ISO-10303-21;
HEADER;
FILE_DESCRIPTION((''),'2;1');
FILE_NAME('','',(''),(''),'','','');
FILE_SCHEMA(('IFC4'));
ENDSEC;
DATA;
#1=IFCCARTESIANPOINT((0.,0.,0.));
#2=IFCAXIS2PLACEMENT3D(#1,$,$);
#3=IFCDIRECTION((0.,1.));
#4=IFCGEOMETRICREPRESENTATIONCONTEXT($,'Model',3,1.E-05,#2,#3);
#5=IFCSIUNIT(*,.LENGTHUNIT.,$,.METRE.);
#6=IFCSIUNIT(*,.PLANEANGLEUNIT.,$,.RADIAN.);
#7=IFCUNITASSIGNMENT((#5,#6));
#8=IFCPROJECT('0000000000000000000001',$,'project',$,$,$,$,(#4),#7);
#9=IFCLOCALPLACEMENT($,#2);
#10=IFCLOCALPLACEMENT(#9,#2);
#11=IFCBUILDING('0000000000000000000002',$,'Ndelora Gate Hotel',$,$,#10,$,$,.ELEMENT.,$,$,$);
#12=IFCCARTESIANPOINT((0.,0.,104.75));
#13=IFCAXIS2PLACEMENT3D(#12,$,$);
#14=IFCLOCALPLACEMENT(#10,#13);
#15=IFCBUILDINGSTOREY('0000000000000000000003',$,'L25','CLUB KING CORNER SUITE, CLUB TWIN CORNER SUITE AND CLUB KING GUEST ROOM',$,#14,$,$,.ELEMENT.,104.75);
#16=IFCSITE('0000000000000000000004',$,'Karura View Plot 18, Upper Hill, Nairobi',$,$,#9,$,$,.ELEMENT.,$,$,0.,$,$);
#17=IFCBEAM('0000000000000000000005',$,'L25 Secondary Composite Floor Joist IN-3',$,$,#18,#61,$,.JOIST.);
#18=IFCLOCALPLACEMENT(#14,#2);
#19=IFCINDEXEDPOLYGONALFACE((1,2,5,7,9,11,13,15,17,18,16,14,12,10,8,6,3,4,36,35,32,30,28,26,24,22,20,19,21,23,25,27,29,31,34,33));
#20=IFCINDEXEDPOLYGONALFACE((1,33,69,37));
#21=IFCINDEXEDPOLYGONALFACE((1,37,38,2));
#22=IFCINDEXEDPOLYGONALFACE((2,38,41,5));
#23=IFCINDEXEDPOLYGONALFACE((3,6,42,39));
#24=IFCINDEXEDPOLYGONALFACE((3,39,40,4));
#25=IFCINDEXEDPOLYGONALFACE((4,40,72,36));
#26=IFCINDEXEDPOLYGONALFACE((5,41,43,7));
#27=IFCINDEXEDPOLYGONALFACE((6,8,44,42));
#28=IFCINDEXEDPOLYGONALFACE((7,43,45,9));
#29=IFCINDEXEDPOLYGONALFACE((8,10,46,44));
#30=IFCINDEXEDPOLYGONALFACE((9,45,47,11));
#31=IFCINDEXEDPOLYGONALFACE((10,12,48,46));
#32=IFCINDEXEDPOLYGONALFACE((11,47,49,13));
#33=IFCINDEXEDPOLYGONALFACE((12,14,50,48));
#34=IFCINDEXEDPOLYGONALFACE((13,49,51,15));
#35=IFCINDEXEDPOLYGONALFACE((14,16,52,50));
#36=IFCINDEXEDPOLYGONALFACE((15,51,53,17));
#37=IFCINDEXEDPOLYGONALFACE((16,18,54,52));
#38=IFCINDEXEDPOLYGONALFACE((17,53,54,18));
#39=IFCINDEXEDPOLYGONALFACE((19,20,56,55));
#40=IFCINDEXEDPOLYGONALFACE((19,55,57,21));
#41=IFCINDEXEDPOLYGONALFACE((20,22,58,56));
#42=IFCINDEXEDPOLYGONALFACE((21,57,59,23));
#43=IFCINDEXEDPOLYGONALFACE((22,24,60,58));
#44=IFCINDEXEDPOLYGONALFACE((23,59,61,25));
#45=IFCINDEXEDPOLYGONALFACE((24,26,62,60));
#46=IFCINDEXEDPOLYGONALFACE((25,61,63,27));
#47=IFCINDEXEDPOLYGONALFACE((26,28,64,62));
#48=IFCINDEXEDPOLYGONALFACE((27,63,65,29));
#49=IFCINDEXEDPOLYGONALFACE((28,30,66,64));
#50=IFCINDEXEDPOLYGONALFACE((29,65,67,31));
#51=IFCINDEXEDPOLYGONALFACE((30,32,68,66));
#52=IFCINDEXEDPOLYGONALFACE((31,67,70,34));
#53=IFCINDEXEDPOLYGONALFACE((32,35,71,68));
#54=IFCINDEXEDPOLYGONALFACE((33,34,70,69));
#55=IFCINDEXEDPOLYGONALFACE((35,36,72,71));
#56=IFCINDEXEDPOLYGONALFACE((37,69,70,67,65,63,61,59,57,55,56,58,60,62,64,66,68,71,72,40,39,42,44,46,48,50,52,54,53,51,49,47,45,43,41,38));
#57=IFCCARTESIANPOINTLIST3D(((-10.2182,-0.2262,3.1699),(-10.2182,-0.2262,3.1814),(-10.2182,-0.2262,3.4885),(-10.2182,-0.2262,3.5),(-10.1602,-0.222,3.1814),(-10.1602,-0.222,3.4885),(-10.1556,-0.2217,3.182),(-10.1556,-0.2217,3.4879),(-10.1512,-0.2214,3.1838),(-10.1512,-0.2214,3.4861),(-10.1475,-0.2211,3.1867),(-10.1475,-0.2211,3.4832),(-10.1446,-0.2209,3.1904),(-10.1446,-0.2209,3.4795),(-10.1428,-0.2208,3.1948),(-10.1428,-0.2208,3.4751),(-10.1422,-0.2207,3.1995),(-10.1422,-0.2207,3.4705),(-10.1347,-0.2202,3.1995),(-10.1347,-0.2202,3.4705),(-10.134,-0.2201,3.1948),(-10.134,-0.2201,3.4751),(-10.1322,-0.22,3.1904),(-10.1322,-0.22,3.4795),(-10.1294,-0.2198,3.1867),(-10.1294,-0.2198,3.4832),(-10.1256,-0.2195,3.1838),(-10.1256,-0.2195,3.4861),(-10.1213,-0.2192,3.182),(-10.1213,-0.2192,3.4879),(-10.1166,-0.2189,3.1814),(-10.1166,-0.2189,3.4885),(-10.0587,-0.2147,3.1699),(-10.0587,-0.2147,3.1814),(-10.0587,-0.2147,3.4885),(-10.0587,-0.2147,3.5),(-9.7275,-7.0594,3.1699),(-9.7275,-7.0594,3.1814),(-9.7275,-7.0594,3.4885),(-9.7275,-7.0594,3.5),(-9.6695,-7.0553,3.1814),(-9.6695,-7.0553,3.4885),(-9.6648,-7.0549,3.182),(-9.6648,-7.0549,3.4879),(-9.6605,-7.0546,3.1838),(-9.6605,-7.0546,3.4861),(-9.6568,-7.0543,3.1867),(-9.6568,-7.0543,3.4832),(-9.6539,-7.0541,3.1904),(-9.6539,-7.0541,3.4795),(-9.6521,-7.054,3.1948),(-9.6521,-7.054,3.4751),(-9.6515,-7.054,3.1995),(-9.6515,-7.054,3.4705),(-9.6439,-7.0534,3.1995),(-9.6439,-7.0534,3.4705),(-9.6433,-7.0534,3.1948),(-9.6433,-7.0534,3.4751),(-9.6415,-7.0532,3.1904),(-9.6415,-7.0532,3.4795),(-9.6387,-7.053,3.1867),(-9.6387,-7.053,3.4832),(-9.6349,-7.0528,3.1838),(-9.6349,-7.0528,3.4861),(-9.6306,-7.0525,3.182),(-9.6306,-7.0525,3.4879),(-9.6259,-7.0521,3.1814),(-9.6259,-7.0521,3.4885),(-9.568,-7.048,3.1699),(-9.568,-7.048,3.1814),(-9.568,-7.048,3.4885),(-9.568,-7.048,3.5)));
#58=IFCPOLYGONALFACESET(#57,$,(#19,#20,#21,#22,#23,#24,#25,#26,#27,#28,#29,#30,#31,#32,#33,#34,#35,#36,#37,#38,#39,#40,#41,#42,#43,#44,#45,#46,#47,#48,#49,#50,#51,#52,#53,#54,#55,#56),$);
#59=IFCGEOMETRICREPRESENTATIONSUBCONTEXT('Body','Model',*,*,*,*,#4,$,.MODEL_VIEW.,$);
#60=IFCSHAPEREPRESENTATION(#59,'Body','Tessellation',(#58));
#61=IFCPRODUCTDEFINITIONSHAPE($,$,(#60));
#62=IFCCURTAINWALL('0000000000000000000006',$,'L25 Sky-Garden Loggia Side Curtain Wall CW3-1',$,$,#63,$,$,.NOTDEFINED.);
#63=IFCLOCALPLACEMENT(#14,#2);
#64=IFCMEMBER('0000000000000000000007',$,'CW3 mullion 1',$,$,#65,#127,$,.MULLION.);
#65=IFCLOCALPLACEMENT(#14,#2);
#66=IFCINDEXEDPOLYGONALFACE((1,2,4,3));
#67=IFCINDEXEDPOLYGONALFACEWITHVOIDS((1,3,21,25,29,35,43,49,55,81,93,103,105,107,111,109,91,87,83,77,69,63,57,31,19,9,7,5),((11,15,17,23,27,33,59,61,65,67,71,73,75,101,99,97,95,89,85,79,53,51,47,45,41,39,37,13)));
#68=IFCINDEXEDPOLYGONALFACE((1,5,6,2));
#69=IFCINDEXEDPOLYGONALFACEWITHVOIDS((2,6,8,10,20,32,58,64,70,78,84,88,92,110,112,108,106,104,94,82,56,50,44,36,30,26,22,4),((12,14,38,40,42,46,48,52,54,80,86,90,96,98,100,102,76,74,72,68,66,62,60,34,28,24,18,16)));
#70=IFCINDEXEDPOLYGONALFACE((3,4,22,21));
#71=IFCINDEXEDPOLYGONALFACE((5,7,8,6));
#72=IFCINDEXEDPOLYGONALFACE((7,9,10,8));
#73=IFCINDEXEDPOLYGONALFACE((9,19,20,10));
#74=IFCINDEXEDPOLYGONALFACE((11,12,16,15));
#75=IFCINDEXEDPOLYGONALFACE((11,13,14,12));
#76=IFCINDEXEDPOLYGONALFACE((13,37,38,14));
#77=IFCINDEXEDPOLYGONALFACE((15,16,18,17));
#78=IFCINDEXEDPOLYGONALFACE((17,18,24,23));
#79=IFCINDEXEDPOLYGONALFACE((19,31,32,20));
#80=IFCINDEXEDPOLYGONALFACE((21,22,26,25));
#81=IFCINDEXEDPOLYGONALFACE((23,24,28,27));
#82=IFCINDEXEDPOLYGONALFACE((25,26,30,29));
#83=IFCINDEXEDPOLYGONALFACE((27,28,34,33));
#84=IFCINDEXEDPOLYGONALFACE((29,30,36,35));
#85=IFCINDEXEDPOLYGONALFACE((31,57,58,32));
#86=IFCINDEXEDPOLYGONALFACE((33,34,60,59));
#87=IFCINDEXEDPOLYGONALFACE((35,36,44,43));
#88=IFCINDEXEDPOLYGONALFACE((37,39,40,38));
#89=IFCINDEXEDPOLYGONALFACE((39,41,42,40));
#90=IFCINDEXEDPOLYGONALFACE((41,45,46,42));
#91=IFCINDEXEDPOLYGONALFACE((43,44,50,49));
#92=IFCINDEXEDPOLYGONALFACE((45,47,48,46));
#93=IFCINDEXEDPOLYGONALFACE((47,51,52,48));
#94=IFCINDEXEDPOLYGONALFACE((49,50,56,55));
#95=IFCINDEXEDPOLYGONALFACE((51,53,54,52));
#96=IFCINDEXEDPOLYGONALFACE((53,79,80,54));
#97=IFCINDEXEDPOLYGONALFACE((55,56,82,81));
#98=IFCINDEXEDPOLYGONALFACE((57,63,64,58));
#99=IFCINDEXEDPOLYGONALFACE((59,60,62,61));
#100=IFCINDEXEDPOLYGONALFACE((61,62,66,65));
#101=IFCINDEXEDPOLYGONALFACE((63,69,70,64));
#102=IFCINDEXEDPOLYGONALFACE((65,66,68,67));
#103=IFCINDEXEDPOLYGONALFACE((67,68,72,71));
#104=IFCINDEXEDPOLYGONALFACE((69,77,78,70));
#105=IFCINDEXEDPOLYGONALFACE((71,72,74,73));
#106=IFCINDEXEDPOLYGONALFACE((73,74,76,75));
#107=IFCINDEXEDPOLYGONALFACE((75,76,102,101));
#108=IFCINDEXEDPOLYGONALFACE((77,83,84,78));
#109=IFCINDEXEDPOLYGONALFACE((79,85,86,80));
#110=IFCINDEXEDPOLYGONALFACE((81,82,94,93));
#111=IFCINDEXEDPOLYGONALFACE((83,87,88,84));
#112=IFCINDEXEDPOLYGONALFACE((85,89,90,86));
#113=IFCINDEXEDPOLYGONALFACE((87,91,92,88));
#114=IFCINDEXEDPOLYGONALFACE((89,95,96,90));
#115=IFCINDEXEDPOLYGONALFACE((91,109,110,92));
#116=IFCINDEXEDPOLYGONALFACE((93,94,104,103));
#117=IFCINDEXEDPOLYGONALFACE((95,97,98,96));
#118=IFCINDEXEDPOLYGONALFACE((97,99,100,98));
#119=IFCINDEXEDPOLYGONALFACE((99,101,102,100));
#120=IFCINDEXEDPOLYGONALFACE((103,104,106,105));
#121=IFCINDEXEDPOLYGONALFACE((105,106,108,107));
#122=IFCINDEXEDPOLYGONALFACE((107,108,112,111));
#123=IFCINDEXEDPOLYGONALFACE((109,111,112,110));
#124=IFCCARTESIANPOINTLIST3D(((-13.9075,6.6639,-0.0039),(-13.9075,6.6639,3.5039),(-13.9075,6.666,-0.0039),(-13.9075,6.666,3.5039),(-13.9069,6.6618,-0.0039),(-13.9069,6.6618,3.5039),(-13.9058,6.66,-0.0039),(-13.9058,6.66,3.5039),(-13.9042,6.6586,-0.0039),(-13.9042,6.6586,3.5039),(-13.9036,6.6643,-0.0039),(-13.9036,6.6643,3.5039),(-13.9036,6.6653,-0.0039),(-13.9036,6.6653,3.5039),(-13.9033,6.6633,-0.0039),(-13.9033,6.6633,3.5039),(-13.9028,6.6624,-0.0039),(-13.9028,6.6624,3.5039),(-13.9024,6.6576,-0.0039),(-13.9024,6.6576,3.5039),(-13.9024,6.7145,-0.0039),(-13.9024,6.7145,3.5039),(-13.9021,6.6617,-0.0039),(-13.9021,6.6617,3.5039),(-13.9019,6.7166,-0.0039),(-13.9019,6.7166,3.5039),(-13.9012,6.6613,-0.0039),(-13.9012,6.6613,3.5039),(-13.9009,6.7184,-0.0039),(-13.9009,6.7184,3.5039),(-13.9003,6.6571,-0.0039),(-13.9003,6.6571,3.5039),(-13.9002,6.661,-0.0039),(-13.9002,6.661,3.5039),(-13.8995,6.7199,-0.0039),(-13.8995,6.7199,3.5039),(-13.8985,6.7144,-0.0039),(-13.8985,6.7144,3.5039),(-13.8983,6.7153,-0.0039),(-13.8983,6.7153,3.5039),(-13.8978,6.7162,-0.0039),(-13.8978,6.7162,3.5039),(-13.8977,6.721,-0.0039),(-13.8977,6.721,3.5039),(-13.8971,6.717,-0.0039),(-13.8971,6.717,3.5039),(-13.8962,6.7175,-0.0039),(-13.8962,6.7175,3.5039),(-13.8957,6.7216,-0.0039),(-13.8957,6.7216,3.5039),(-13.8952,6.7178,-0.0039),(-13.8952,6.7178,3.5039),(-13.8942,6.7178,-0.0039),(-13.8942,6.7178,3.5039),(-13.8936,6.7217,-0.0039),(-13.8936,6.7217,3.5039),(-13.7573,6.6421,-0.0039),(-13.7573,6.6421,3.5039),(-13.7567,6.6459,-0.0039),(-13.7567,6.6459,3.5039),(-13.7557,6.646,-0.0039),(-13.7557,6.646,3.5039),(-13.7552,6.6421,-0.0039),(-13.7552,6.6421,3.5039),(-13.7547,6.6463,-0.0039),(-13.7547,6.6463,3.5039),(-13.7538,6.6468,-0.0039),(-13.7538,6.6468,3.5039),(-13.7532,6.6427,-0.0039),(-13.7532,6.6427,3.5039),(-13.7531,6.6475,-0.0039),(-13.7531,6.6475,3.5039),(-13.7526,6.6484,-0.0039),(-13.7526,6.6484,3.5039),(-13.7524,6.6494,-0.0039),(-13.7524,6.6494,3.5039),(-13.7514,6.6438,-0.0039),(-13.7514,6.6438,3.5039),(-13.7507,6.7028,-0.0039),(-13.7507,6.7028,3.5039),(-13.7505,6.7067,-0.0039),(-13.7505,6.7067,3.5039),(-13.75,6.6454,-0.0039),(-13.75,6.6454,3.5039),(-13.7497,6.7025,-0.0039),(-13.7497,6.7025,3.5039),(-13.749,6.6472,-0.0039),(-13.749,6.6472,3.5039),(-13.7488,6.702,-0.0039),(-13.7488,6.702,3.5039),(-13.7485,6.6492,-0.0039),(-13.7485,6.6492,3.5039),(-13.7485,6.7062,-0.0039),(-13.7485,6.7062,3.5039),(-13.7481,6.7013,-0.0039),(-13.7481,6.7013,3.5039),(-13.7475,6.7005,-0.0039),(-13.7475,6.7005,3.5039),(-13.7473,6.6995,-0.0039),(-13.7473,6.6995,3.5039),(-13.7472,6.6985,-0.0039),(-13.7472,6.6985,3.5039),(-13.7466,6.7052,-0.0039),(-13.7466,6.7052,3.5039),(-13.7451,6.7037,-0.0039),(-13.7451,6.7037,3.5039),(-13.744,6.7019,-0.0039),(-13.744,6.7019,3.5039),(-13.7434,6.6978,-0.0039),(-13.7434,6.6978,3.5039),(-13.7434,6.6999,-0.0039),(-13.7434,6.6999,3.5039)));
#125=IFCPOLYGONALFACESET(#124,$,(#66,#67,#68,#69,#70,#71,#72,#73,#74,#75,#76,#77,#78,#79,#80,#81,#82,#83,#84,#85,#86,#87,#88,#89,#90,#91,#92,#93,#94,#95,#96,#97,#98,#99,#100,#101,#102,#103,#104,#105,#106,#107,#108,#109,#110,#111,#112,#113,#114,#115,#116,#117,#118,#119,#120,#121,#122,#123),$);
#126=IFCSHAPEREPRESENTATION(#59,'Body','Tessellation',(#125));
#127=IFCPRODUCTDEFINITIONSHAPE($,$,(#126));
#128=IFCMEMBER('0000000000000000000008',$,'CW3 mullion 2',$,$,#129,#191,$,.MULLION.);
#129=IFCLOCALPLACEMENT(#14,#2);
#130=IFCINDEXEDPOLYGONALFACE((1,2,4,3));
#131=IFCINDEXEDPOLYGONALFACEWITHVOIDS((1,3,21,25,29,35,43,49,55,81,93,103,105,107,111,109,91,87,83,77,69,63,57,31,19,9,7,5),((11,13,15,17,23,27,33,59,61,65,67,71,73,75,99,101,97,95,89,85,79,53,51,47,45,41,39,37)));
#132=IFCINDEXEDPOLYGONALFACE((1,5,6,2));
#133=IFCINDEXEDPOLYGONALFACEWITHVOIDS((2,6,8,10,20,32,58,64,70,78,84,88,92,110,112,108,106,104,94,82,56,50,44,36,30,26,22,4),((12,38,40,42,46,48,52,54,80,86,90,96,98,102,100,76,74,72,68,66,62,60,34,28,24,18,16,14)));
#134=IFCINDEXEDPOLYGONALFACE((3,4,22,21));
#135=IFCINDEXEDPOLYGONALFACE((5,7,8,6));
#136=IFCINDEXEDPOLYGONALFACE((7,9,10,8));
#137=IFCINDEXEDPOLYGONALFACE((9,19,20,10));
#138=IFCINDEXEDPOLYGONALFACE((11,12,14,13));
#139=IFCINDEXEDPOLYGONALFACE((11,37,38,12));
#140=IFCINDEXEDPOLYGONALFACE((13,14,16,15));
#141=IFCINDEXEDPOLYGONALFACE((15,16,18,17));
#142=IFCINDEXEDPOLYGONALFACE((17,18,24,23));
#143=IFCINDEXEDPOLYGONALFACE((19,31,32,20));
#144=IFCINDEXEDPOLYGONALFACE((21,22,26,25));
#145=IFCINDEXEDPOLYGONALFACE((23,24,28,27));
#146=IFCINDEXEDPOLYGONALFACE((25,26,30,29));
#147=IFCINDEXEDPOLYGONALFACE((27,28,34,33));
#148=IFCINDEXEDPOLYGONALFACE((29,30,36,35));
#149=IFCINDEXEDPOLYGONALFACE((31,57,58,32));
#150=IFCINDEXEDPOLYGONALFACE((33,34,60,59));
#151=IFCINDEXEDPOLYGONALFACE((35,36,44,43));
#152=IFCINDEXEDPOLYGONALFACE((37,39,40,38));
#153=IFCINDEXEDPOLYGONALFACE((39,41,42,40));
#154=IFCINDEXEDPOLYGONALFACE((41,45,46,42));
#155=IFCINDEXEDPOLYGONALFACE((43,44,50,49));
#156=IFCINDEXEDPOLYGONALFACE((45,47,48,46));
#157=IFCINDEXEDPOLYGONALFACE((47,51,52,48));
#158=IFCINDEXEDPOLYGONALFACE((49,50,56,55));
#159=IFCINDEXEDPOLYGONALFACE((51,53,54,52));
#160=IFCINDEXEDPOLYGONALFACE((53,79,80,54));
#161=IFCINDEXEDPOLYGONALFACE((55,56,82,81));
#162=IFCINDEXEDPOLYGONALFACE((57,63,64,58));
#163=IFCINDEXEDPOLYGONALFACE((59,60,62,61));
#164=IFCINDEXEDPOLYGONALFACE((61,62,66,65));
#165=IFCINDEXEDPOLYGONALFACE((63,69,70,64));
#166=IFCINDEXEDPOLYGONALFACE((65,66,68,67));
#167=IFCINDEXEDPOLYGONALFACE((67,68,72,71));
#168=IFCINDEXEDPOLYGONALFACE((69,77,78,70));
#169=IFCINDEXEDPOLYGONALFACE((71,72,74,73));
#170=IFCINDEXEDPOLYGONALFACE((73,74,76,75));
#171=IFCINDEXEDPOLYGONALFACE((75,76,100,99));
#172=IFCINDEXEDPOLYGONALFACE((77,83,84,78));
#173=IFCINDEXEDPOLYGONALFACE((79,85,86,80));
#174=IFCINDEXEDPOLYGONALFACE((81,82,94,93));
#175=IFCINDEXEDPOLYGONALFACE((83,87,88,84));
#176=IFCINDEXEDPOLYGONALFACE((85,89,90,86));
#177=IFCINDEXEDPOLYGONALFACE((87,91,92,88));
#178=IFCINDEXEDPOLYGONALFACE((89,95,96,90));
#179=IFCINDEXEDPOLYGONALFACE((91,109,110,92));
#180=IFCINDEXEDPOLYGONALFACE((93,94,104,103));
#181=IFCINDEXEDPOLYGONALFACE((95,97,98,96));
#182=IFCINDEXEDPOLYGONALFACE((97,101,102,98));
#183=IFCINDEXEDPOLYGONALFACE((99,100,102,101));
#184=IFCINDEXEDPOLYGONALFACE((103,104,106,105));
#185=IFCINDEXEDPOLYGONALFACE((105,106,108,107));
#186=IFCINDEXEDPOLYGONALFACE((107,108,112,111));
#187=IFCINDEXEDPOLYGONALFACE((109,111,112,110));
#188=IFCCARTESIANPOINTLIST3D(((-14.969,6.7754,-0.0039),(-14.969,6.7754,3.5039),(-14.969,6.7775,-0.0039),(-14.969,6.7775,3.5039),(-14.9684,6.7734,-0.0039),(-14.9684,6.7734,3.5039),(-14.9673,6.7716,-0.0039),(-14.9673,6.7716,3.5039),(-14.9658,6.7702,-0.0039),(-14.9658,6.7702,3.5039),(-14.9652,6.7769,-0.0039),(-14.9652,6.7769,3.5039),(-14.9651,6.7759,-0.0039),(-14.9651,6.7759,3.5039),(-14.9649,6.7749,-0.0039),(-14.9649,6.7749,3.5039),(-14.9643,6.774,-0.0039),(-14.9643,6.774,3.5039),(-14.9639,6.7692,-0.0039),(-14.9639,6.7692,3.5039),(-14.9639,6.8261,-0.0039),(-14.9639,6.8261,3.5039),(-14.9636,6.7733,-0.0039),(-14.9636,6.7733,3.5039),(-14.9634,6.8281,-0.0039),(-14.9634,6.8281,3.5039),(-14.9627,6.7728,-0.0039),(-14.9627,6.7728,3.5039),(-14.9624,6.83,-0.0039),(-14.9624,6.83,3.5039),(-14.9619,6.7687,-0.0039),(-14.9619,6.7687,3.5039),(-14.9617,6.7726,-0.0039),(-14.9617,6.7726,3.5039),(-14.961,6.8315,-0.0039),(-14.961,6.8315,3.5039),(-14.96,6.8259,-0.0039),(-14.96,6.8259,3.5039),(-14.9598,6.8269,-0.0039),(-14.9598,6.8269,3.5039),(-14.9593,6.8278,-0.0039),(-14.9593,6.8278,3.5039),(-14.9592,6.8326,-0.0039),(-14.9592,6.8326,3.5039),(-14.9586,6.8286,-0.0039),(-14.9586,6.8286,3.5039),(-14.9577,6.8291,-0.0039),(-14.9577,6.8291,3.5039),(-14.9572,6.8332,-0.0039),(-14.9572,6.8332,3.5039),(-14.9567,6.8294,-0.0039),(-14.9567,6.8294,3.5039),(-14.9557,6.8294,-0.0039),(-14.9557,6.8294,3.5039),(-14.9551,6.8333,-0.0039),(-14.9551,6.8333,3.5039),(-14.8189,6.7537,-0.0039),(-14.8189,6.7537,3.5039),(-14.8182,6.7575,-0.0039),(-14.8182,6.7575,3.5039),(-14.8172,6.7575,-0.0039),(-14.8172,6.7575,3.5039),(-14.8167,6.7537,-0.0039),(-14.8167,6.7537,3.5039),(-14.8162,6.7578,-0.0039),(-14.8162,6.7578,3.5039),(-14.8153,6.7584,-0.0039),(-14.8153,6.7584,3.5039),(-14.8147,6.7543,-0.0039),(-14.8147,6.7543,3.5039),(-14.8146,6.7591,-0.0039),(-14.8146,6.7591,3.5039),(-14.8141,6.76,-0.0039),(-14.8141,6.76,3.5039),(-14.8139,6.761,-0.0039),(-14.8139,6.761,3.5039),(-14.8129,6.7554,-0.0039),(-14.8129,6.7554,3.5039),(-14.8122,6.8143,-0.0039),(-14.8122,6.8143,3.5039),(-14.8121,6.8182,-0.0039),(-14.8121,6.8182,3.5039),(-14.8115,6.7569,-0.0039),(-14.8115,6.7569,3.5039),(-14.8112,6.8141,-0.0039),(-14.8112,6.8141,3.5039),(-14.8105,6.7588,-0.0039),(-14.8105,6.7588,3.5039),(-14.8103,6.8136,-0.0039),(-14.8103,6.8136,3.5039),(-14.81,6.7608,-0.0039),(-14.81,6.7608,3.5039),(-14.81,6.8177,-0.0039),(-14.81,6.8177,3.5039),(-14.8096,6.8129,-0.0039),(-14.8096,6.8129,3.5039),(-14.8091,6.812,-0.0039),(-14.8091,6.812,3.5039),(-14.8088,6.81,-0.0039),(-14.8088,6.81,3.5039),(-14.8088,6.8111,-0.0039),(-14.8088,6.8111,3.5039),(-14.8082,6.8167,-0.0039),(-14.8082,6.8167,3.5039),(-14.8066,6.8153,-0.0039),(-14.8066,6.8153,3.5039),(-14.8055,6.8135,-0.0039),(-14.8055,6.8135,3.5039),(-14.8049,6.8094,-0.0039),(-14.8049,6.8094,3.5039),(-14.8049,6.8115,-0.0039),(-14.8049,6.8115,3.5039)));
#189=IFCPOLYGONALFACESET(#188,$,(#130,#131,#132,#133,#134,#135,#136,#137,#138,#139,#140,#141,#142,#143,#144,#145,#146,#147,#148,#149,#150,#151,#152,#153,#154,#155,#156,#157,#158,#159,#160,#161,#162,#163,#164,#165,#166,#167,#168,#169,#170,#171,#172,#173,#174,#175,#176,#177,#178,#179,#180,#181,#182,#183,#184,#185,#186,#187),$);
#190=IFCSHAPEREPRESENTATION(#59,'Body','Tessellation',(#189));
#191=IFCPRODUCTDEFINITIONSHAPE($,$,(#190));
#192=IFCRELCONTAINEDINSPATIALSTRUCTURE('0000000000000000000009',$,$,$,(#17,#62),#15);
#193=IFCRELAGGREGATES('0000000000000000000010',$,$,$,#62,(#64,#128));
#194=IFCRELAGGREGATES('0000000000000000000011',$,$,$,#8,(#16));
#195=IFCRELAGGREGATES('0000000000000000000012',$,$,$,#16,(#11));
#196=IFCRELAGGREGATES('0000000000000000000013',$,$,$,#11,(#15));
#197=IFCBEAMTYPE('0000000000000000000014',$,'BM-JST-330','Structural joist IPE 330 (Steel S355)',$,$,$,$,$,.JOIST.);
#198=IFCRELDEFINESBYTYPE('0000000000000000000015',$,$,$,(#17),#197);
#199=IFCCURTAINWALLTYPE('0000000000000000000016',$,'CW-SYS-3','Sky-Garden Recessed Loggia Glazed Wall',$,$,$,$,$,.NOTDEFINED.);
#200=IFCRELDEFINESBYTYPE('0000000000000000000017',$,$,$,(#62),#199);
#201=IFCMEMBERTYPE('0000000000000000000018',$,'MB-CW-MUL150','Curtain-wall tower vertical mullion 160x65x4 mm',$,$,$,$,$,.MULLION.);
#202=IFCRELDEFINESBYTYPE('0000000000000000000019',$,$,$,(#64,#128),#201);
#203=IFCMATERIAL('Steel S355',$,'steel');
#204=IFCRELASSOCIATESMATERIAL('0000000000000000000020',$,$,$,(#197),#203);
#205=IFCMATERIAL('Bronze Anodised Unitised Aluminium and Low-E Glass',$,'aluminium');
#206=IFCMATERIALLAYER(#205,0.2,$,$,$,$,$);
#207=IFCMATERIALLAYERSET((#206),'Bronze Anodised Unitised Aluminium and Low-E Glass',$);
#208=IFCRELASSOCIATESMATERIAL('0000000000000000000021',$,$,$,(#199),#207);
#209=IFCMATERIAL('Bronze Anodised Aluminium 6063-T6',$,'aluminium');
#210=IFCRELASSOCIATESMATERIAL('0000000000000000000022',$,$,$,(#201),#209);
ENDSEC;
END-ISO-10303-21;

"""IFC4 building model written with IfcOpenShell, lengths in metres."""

from ifc_helpers import new_model, si_unit, direction, frame, origin, origin_2d, place, context, subcontext, project, spatial, hollow_rectangle, i_section, extrude, material, layer, layer_set, material_profile, profile_set, type_object, element, aggregate, save


model = new_model("IFC4")

# Units and contexts
model_context = context("Model", 3, precision=1e-05, world=origin(), true_north=direction((0.0, 1.0)))
body_context = subcontext(model_context, "Body", "Model", "MODEL_VIEW")
ifc_project = project(units=[si_unit("LENGTHUNIT", "METRE"), si_unit("PLANEANGLEUNIT", "RADIAN")], contexts=[model_context])

# Site, building, storey
site_placement = place(None, origin())
site = spatial("IfcSite", under=ifc_project, at=site_placement, Name="Karura View Plot 18, Upper Hill, Nairobi", CompositionType="ELEMENT", RefElevation=0.0)
building_placement = place(site_placement, origin())
building = spatial("IfcBuilding", under=site, at=building_placement, Name="Ndelora Gate Hotel", CompositionType="ELEMENT")
storey_placement = place(building_placement, frame((0.0, 0.0, 104.75)))
storey = spatial("IfcBuildingStorey", under=building, at=storey_placement, Name="L25", Description="CLUB KING CORNER SUITE, CLUB TWIN CORNER SUITE AND CLUB KING GUEST ROOM", CompositionType="ELEMENT", Elevation=104.75)

# Beam
ifc_material_1 = material(Name="Steel S355", Category="steel")
ifc_material_profile_1 = material_profile(ifc_material_1, i_section(OverallWidth=0.1599, OverallDepth=0.3301, WebThickness=0.0076, FlangeThickness=0.0115, FilletRadius=0.0181, at=origin_2d()), Name="IPE 330")
ifc_profile_set_1 = profile_set([ifc_material_profile_1], Name="Steel S355")
beam_type = type_object("IfcBeamType", Name="BM-JST-330", Description="Structural joist IPE 330 (Steel S355)", PredefinedType="JOIST", material=ifc_profile_set_1)
beam_placement = place(storey_placement, frame((-10.1384, -0.2205, 3.335), z_axis=(0.071629, -0.997431, 0.0), x_axis=(0.997431, 0.071629, 0.0)))
element("IfcBeam", 1, at=beam_placement, inside=storey, type_object=beam_type, Name="L25 Secondary Composite Floor Joist IN-3", PredefinedType="JOIST", context=body_context, shape_type="SweptSolid", body=[
    extrude(i_section(OverallWidth=0.1599, OverallDepth=0.3301, WebThickness=0.0076, FlangeThickness=0.0115, FilletRadius=0.0181, at=origin_2d()), origin(), (0.0, 0.0, 1.0), 6.8508),
])

# Curtain wall, members
ifc_material_2 = material(Name="Bronze Anodised Unitised Aluminium and Low-E Glass", Category="aluminium")
ifc_layer_1 = layer(ifc_material_2, 0.2)
ifc_layer_set_1 = layer_set([ifc_layer_1], Name="Bronze Anodised Unitised Aluminium and Low-E Glass")
curtain_wall_type = type_object("IfcCurtainWallType", Name="CW-SYS-3", Description="Sky-Garden Recessed Loggia Glazed Wall", PredefinedType="NOTDEFINED", material=ifc_layer_set_1)
curtain_wall_placement = place(storey_placement, origin())
curtain_wall = element("IfcCurtainWall", 2, at=curtain_wall_placement, inside=storey, type_object=curtain_wall_type, Name="L25 Sky-Garden Loggia Side Curtain Wall CW3-1", PredefinedType="NOTDEFINED")
ifc_material_3 = material(Name="Bronze Anodised Aluminium 6063-T6", Category="aluminium")
ifc_material_profile_2 = material_profile(ifc_material_3, hollow_rectangle(XDim=0.0649, YDim=0.1599, WallThickness=0.0039, InnerFilletRadius=0.0039, OuterFilletRadius=0.0081, at=origin_2d()), Name="ALU 160x65x4")
ifc_profile_set_2 = profile_set([ifc_material_profile_2], Name="Bronze Anodised Aluminium 6063-T6")
member_type_1 = type_object("IfcMemberType", Name="MB-CW-MUL150", Description="Curtain-wall tower vertical mullion 160x65x4 mm", PredefinedType="MULLION", material=ifc_profile_set_2)
member_1_placement = place(storey_placement, frame((-13.8254, 6.6819, -0.0039), z_axis=(0.0, 0.0, 1.0), x_axis=(-0.104503, -0.994525, 0.0)))
member_1 = element("IfcMember", 3, at=member_1_placement, type_object=member_type_1, Name="CW3 mullion 1", PredefinedType="MULLION", context=body_context, shape_type="SweptSolid", body=[
    extrude(hollow_rectangle(XDim=0.0649, YDim=0.1599, WallThickness=0.0039, InnerFilletRadius=0.0039, OuterFilletRadius=0.0081, at=origin_2d()), origin(), (0.0, 0.0, 1.0), 3.5078),
])
member_2_placement = place(storey_placement, frame((-14.887, 6.7935, -0.0039), z_axis=(0.0, 0.0, 1.0), x_axis=(-0.104503, -0.994525, 0.0)))
member_2 = element("IfcMember", 4, at=member_2_placement, type_object=member_type_1, Name="CW3 mullion 2", PredefinedType="MULLION", context=body_context, shape_type="SweptSolid", body=[
    extrude(hollow_rectangle(XDim=0.0649, YDim=0.1599, WallThickness=0.0039, InnerFilletRadius=0.0039, OuterFilletRadius=0.0081, at=origin_2d()), origin(), (0.0, 0.0, 1.0), 3.5078),
])
aggregate(curtain_wall, [member_1, member_2])

save(model, "model.ifc")
